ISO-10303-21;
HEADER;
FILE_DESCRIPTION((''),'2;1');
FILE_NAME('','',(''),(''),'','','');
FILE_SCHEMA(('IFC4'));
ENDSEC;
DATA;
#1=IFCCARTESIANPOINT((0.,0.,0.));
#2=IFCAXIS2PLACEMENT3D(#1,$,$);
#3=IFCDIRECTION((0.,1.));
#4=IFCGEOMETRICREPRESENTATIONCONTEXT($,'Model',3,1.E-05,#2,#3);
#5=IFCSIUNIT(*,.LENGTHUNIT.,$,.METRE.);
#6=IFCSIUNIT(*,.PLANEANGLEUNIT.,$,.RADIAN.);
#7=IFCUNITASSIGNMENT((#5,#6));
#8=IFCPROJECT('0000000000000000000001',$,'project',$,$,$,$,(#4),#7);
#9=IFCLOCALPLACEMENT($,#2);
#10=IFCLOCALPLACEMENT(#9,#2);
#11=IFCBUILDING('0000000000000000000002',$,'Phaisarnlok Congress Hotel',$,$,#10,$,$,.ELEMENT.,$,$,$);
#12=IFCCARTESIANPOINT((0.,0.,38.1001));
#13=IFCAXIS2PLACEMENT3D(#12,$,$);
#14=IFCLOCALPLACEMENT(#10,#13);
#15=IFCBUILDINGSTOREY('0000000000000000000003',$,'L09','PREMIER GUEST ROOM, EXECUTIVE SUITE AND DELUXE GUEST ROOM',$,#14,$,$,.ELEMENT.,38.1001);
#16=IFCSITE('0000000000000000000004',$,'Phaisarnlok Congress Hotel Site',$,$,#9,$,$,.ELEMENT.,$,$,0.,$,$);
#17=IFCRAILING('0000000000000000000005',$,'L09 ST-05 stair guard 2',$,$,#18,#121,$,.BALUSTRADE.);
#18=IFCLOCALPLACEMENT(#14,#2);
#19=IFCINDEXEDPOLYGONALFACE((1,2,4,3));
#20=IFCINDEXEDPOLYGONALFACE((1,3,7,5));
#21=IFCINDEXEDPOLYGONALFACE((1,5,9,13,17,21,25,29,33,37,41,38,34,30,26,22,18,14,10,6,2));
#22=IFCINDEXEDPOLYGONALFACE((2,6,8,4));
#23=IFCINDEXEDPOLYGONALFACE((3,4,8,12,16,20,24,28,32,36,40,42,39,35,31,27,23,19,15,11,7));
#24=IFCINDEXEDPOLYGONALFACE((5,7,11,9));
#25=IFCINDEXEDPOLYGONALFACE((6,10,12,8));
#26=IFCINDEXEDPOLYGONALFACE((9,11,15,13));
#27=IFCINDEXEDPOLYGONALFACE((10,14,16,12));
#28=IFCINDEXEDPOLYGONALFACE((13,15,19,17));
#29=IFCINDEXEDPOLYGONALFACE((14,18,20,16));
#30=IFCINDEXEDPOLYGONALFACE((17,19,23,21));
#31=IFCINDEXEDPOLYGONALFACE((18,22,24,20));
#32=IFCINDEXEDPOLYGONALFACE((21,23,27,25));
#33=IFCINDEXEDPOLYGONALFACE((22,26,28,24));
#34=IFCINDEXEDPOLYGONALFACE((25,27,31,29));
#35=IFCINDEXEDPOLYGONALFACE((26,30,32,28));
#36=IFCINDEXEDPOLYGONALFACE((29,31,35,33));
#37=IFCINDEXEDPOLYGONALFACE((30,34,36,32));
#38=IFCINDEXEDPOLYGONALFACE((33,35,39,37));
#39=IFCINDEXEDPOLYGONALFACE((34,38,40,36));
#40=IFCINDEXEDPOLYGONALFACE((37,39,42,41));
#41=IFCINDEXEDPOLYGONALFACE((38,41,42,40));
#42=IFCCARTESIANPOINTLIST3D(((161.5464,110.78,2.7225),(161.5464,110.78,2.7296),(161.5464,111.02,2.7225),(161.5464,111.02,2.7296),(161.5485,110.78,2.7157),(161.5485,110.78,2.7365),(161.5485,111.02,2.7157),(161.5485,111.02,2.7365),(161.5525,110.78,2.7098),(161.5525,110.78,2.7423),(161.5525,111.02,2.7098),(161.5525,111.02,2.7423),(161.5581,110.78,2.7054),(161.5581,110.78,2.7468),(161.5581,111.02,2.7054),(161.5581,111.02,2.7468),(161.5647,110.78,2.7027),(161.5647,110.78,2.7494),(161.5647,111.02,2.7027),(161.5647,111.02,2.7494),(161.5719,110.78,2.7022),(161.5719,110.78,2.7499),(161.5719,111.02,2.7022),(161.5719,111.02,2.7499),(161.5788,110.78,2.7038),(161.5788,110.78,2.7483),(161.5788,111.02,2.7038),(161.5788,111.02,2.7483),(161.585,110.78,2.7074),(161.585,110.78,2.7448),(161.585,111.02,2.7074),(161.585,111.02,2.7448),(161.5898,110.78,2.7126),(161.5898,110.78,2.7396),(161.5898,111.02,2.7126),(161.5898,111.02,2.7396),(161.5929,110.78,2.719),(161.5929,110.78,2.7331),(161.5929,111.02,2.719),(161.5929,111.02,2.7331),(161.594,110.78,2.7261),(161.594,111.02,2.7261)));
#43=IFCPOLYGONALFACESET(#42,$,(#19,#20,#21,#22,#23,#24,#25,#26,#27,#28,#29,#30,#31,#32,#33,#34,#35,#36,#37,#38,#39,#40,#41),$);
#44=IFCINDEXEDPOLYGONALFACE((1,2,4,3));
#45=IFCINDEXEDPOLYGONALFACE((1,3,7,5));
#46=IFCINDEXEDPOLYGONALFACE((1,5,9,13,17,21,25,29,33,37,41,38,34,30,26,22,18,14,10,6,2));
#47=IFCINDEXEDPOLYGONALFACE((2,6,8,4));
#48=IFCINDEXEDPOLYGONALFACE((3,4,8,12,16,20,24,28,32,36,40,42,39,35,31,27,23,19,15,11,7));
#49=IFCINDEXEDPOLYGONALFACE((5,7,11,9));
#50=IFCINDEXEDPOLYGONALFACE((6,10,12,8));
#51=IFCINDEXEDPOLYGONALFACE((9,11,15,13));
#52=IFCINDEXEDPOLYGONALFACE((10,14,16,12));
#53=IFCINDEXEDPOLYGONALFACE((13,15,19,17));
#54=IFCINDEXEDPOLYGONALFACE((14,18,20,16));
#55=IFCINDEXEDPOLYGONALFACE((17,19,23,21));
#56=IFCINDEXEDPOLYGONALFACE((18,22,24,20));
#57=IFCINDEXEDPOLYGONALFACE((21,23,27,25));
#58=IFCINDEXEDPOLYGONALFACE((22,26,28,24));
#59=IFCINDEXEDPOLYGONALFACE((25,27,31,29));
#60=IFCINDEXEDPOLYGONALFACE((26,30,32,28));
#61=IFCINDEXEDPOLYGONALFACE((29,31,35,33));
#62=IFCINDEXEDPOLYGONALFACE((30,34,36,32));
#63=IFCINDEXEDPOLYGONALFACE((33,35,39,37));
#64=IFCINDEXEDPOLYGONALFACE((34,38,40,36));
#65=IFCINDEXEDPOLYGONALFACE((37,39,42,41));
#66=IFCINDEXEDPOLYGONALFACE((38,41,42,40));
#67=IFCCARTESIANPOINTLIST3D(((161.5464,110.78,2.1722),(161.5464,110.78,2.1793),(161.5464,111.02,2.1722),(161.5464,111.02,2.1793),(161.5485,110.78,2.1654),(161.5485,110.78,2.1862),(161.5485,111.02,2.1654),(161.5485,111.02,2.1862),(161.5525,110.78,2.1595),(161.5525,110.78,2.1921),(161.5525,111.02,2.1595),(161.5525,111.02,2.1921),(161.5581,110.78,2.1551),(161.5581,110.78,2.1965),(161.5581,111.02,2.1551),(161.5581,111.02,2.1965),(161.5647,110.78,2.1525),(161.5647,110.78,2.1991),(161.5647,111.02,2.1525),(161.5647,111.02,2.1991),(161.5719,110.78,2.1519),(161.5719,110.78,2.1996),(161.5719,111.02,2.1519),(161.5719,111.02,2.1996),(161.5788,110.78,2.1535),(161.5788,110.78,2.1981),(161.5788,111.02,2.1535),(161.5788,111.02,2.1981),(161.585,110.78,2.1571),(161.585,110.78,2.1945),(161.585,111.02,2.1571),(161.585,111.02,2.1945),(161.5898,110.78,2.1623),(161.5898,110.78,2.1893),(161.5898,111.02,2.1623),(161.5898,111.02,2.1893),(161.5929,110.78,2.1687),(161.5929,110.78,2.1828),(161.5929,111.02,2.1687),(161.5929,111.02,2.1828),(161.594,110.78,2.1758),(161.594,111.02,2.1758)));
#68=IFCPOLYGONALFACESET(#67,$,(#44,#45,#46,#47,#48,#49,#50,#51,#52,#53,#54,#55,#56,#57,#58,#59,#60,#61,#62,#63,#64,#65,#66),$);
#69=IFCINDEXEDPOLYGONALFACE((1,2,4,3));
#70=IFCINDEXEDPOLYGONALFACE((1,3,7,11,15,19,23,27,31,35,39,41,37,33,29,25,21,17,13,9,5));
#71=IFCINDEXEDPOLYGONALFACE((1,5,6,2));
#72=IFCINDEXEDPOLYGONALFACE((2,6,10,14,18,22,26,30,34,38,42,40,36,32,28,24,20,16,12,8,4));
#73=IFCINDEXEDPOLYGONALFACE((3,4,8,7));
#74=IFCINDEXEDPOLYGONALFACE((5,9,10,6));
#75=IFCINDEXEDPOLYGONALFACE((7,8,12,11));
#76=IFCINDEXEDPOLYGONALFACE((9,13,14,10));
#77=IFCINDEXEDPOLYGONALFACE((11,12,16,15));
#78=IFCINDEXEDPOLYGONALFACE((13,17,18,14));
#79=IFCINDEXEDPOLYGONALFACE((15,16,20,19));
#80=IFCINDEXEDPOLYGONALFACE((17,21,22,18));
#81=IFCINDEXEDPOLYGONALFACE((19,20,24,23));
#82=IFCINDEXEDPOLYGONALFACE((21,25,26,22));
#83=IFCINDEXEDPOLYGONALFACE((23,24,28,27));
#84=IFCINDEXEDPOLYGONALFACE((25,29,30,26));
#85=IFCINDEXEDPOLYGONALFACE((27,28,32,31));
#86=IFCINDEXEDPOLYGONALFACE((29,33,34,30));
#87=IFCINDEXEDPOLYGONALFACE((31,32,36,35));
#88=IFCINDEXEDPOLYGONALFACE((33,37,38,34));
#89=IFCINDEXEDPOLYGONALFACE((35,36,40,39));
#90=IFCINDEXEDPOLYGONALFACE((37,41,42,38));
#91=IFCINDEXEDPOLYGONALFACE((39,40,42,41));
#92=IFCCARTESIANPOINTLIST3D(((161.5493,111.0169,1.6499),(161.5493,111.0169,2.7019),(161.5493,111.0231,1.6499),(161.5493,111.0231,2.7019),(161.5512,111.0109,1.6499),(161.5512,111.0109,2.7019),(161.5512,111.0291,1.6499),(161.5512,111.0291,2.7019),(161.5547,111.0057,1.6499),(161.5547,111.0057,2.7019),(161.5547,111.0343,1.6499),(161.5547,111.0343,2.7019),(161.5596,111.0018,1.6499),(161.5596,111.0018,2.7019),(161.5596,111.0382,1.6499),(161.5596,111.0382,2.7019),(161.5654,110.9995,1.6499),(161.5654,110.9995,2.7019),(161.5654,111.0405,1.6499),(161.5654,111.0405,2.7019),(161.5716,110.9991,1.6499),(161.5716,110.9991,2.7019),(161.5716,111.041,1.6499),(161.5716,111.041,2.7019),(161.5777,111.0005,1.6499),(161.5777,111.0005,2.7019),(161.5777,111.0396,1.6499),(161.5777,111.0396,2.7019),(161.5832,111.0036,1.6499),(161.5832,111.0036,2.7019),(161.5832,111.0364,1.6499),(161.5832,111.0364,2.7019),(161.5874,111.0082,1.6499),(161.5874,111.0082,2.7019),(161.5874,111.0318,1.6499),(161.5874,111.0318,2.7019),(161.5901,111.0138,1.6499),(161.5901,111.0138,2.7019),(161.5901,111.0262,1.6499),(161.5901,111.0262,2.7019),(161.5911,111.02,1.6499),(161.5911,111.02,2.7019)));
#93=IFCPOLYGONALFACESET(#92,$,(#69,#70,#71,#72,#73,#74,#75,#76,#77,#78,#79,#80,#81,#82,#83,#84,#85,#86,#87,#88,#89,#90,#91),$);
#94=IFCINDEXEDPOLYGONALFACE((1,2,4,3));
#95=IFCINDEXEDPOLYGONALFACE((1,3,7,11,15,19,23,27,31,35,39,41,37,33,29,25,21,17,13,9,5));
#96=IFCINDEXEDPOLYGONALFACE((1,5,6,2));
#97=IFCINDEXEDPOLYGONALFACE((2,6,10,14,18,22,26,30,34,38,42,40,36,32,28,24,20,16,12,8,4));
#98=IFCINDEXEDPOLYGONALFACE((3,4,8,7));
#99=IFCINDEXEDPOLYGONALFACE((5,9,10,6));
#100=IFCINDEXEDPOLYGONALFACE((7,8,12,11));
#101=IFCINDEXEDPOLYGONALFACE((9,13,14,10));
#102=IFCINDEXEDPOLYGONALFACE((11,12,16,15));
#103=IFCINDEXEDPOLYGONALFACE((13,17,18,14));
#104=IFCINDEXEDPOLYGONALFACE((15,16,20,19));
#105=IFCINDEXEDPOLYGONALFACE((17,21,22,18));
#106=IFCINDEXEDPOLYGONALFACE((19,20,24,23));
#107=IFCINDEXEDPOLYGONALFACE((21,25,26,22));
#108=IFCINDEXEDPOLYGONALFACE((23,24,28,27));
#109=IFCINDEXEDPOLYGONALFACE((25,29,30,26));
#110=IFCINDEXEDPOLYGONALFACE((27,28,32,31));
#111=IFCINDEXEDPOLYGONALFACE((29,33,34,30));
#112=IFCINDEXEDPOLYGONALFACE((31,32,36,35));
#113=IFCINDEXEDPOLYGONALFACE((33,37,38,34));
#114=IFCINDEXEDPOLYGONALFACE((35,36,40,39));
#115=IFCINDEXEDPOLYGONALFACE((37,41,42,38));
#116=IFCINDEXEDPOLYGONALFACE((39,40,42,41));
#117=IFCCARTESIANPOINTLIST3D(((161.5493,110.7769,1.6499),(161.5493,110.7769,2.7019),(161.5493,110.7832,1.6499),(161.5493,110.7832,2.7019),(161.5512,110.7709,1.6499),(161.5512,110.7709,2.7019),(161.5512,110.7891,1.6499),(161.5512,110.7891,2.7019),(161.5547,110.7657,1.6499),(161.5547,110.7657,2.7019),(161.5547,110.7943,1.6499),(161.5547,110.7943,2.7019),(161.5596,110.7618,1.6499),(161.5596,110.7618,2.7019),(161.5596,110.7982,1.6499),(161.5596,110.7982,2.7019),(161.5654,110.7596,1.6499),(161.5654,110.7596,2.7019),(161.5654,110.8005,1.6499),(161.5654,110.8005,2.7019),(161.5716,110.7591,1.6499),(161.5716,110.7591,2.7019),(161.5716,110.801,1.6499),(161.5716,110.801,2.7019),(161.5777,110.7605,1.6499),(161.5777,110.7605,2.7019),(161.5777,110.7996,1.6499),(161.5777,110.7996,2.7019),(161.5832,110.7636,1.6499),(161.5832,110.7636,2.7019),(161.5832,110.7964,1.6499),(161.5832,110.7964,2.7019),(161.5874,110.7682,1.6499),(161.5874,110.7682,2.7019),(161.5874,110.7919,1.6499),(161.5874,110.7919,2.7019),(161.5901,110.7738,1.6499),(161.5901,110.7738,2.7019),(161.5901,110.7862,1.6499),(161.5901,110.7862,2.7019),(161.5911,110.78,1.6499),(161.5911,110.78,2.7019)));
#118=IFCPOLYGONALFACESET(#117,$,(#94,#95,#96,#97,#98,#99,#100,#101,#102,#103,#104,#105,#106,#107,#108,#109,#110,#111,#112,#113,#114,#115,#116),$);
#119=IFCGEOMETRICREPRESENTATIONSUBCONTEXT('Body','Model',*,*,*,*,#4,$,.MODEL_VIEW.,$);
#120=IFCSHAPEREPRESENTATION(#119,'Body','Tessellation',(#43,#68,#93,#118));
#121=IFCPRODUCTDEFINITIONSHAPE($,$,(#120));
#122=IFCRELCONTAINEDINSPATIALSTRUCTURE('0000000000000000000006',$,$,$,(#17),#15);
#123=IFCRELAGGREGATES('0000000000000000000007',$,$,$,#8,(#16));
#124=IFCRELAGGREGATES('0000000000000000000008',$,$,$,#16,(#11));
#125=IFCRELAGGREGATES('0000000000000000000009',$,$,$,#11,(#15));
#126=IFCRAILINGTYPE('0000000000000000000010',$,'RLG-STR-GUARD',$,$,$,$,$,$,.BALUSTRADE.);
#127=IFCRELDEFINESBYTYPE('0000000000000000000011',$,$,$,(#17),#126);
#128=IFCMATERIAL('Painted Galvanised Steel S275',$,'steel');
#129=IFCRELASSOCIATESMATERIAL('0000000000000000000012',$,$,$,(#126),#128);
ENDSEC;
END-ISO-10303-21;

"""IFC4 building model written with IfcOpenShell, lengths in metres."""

from ifc_helpers import new_model, si_unit, direction, frame, origin, origin_2d, place, context, subcontext, project, spatial, circle, extrude, material, type_object, element, save


model = new_model("IFC4")

# Units and contexts
model_context = context("Model", 3, precision=1e-05, world=origin(), true_north=direction((0.0, 1.0)))
body_context = subcontext(model_context, "Body", "Model", "MODEL_VIEW")
ifc_project = project(units=[si_unit("LENGTHUNIT", "METRE"), si_unit("PLANEANGLEUNIT", "RADIAN")], contexts=[model_context])

# Site, building, storey
site_placement = place(None, origin())
site = spatial("IfcSite", under=ifc_project, at=site_placement, Name="Phaisarnlok Congress Hotel Site", CompositionType="ELEMENT", RefElevation=0.0)
building_placement = place(site_placement, origin())
building = spatial("IfcBuilding", under=site, at=building_placement, Name="Phaisarnlok Congress Hotel", CompositionType="ELEMENT")
storey_placement = place(building_placement, frame((0.0, 0.0, 38.1001)))
storey = spatial("IfcBuildingStorey", under=building, at=storey_placement, Name="L09", Description="PREMIER GUEST ROOM, EXECUTIVE SUITE AND DELUXE GUEST ROOM", CompositionType="ELEMENT", Elevation=38.1001)

# Railing
ifc_material_1 = material(Name="Painted Galvanised Steel S275", Category="steel")
railing_type_1 = type_object("IfcRailingType", Name="RLG-STR-GUARD", PredefinedType="BALUSTRADE", material=ifc_material_1)
railing_1_placement = place(storey_placement, frame((161.5701, 111.02, 1.6499)))
element("IfcRailing", 1, at=railing_1_placement, inside=storey, type_object=railing_type_1, Name="L09 ST-05 stair guard 2", PredefinedType="BALUSTRADE", context=body_context, shape_type="SweptSolid", body=[
    extrude(circle(Radius=0.0239, at=origin_2d()), frame((0.0, 0.0, 1.0762), z_axis=(0.0, -1.0, 0.0), x_axis=(1.0, 0.0, 0.0)), (0.0, 0.0, 1.0), 0.24),
    extrude(circle(Radius=0.0239, at=origin_2d()), frame((0.0, 0.0, 0.5259), z_axis=(0.0, -1.0, 0.0), x_axis=(1.0, 0.0, 0.0)), (0.0, 0.0, 1.0), 0.24),
    extrude(circle(Radius=0.021, at=origin_2d()), origin(), (0.0, 0.0, 1.0), 1.052),
    extrude(circle(Radius=0.021, at=origin_2d()), frame((0.0, -0.24, 0.0)), (0.0, 0.0, 1.0), 1.052),
])

save(model, "model.ifc")
